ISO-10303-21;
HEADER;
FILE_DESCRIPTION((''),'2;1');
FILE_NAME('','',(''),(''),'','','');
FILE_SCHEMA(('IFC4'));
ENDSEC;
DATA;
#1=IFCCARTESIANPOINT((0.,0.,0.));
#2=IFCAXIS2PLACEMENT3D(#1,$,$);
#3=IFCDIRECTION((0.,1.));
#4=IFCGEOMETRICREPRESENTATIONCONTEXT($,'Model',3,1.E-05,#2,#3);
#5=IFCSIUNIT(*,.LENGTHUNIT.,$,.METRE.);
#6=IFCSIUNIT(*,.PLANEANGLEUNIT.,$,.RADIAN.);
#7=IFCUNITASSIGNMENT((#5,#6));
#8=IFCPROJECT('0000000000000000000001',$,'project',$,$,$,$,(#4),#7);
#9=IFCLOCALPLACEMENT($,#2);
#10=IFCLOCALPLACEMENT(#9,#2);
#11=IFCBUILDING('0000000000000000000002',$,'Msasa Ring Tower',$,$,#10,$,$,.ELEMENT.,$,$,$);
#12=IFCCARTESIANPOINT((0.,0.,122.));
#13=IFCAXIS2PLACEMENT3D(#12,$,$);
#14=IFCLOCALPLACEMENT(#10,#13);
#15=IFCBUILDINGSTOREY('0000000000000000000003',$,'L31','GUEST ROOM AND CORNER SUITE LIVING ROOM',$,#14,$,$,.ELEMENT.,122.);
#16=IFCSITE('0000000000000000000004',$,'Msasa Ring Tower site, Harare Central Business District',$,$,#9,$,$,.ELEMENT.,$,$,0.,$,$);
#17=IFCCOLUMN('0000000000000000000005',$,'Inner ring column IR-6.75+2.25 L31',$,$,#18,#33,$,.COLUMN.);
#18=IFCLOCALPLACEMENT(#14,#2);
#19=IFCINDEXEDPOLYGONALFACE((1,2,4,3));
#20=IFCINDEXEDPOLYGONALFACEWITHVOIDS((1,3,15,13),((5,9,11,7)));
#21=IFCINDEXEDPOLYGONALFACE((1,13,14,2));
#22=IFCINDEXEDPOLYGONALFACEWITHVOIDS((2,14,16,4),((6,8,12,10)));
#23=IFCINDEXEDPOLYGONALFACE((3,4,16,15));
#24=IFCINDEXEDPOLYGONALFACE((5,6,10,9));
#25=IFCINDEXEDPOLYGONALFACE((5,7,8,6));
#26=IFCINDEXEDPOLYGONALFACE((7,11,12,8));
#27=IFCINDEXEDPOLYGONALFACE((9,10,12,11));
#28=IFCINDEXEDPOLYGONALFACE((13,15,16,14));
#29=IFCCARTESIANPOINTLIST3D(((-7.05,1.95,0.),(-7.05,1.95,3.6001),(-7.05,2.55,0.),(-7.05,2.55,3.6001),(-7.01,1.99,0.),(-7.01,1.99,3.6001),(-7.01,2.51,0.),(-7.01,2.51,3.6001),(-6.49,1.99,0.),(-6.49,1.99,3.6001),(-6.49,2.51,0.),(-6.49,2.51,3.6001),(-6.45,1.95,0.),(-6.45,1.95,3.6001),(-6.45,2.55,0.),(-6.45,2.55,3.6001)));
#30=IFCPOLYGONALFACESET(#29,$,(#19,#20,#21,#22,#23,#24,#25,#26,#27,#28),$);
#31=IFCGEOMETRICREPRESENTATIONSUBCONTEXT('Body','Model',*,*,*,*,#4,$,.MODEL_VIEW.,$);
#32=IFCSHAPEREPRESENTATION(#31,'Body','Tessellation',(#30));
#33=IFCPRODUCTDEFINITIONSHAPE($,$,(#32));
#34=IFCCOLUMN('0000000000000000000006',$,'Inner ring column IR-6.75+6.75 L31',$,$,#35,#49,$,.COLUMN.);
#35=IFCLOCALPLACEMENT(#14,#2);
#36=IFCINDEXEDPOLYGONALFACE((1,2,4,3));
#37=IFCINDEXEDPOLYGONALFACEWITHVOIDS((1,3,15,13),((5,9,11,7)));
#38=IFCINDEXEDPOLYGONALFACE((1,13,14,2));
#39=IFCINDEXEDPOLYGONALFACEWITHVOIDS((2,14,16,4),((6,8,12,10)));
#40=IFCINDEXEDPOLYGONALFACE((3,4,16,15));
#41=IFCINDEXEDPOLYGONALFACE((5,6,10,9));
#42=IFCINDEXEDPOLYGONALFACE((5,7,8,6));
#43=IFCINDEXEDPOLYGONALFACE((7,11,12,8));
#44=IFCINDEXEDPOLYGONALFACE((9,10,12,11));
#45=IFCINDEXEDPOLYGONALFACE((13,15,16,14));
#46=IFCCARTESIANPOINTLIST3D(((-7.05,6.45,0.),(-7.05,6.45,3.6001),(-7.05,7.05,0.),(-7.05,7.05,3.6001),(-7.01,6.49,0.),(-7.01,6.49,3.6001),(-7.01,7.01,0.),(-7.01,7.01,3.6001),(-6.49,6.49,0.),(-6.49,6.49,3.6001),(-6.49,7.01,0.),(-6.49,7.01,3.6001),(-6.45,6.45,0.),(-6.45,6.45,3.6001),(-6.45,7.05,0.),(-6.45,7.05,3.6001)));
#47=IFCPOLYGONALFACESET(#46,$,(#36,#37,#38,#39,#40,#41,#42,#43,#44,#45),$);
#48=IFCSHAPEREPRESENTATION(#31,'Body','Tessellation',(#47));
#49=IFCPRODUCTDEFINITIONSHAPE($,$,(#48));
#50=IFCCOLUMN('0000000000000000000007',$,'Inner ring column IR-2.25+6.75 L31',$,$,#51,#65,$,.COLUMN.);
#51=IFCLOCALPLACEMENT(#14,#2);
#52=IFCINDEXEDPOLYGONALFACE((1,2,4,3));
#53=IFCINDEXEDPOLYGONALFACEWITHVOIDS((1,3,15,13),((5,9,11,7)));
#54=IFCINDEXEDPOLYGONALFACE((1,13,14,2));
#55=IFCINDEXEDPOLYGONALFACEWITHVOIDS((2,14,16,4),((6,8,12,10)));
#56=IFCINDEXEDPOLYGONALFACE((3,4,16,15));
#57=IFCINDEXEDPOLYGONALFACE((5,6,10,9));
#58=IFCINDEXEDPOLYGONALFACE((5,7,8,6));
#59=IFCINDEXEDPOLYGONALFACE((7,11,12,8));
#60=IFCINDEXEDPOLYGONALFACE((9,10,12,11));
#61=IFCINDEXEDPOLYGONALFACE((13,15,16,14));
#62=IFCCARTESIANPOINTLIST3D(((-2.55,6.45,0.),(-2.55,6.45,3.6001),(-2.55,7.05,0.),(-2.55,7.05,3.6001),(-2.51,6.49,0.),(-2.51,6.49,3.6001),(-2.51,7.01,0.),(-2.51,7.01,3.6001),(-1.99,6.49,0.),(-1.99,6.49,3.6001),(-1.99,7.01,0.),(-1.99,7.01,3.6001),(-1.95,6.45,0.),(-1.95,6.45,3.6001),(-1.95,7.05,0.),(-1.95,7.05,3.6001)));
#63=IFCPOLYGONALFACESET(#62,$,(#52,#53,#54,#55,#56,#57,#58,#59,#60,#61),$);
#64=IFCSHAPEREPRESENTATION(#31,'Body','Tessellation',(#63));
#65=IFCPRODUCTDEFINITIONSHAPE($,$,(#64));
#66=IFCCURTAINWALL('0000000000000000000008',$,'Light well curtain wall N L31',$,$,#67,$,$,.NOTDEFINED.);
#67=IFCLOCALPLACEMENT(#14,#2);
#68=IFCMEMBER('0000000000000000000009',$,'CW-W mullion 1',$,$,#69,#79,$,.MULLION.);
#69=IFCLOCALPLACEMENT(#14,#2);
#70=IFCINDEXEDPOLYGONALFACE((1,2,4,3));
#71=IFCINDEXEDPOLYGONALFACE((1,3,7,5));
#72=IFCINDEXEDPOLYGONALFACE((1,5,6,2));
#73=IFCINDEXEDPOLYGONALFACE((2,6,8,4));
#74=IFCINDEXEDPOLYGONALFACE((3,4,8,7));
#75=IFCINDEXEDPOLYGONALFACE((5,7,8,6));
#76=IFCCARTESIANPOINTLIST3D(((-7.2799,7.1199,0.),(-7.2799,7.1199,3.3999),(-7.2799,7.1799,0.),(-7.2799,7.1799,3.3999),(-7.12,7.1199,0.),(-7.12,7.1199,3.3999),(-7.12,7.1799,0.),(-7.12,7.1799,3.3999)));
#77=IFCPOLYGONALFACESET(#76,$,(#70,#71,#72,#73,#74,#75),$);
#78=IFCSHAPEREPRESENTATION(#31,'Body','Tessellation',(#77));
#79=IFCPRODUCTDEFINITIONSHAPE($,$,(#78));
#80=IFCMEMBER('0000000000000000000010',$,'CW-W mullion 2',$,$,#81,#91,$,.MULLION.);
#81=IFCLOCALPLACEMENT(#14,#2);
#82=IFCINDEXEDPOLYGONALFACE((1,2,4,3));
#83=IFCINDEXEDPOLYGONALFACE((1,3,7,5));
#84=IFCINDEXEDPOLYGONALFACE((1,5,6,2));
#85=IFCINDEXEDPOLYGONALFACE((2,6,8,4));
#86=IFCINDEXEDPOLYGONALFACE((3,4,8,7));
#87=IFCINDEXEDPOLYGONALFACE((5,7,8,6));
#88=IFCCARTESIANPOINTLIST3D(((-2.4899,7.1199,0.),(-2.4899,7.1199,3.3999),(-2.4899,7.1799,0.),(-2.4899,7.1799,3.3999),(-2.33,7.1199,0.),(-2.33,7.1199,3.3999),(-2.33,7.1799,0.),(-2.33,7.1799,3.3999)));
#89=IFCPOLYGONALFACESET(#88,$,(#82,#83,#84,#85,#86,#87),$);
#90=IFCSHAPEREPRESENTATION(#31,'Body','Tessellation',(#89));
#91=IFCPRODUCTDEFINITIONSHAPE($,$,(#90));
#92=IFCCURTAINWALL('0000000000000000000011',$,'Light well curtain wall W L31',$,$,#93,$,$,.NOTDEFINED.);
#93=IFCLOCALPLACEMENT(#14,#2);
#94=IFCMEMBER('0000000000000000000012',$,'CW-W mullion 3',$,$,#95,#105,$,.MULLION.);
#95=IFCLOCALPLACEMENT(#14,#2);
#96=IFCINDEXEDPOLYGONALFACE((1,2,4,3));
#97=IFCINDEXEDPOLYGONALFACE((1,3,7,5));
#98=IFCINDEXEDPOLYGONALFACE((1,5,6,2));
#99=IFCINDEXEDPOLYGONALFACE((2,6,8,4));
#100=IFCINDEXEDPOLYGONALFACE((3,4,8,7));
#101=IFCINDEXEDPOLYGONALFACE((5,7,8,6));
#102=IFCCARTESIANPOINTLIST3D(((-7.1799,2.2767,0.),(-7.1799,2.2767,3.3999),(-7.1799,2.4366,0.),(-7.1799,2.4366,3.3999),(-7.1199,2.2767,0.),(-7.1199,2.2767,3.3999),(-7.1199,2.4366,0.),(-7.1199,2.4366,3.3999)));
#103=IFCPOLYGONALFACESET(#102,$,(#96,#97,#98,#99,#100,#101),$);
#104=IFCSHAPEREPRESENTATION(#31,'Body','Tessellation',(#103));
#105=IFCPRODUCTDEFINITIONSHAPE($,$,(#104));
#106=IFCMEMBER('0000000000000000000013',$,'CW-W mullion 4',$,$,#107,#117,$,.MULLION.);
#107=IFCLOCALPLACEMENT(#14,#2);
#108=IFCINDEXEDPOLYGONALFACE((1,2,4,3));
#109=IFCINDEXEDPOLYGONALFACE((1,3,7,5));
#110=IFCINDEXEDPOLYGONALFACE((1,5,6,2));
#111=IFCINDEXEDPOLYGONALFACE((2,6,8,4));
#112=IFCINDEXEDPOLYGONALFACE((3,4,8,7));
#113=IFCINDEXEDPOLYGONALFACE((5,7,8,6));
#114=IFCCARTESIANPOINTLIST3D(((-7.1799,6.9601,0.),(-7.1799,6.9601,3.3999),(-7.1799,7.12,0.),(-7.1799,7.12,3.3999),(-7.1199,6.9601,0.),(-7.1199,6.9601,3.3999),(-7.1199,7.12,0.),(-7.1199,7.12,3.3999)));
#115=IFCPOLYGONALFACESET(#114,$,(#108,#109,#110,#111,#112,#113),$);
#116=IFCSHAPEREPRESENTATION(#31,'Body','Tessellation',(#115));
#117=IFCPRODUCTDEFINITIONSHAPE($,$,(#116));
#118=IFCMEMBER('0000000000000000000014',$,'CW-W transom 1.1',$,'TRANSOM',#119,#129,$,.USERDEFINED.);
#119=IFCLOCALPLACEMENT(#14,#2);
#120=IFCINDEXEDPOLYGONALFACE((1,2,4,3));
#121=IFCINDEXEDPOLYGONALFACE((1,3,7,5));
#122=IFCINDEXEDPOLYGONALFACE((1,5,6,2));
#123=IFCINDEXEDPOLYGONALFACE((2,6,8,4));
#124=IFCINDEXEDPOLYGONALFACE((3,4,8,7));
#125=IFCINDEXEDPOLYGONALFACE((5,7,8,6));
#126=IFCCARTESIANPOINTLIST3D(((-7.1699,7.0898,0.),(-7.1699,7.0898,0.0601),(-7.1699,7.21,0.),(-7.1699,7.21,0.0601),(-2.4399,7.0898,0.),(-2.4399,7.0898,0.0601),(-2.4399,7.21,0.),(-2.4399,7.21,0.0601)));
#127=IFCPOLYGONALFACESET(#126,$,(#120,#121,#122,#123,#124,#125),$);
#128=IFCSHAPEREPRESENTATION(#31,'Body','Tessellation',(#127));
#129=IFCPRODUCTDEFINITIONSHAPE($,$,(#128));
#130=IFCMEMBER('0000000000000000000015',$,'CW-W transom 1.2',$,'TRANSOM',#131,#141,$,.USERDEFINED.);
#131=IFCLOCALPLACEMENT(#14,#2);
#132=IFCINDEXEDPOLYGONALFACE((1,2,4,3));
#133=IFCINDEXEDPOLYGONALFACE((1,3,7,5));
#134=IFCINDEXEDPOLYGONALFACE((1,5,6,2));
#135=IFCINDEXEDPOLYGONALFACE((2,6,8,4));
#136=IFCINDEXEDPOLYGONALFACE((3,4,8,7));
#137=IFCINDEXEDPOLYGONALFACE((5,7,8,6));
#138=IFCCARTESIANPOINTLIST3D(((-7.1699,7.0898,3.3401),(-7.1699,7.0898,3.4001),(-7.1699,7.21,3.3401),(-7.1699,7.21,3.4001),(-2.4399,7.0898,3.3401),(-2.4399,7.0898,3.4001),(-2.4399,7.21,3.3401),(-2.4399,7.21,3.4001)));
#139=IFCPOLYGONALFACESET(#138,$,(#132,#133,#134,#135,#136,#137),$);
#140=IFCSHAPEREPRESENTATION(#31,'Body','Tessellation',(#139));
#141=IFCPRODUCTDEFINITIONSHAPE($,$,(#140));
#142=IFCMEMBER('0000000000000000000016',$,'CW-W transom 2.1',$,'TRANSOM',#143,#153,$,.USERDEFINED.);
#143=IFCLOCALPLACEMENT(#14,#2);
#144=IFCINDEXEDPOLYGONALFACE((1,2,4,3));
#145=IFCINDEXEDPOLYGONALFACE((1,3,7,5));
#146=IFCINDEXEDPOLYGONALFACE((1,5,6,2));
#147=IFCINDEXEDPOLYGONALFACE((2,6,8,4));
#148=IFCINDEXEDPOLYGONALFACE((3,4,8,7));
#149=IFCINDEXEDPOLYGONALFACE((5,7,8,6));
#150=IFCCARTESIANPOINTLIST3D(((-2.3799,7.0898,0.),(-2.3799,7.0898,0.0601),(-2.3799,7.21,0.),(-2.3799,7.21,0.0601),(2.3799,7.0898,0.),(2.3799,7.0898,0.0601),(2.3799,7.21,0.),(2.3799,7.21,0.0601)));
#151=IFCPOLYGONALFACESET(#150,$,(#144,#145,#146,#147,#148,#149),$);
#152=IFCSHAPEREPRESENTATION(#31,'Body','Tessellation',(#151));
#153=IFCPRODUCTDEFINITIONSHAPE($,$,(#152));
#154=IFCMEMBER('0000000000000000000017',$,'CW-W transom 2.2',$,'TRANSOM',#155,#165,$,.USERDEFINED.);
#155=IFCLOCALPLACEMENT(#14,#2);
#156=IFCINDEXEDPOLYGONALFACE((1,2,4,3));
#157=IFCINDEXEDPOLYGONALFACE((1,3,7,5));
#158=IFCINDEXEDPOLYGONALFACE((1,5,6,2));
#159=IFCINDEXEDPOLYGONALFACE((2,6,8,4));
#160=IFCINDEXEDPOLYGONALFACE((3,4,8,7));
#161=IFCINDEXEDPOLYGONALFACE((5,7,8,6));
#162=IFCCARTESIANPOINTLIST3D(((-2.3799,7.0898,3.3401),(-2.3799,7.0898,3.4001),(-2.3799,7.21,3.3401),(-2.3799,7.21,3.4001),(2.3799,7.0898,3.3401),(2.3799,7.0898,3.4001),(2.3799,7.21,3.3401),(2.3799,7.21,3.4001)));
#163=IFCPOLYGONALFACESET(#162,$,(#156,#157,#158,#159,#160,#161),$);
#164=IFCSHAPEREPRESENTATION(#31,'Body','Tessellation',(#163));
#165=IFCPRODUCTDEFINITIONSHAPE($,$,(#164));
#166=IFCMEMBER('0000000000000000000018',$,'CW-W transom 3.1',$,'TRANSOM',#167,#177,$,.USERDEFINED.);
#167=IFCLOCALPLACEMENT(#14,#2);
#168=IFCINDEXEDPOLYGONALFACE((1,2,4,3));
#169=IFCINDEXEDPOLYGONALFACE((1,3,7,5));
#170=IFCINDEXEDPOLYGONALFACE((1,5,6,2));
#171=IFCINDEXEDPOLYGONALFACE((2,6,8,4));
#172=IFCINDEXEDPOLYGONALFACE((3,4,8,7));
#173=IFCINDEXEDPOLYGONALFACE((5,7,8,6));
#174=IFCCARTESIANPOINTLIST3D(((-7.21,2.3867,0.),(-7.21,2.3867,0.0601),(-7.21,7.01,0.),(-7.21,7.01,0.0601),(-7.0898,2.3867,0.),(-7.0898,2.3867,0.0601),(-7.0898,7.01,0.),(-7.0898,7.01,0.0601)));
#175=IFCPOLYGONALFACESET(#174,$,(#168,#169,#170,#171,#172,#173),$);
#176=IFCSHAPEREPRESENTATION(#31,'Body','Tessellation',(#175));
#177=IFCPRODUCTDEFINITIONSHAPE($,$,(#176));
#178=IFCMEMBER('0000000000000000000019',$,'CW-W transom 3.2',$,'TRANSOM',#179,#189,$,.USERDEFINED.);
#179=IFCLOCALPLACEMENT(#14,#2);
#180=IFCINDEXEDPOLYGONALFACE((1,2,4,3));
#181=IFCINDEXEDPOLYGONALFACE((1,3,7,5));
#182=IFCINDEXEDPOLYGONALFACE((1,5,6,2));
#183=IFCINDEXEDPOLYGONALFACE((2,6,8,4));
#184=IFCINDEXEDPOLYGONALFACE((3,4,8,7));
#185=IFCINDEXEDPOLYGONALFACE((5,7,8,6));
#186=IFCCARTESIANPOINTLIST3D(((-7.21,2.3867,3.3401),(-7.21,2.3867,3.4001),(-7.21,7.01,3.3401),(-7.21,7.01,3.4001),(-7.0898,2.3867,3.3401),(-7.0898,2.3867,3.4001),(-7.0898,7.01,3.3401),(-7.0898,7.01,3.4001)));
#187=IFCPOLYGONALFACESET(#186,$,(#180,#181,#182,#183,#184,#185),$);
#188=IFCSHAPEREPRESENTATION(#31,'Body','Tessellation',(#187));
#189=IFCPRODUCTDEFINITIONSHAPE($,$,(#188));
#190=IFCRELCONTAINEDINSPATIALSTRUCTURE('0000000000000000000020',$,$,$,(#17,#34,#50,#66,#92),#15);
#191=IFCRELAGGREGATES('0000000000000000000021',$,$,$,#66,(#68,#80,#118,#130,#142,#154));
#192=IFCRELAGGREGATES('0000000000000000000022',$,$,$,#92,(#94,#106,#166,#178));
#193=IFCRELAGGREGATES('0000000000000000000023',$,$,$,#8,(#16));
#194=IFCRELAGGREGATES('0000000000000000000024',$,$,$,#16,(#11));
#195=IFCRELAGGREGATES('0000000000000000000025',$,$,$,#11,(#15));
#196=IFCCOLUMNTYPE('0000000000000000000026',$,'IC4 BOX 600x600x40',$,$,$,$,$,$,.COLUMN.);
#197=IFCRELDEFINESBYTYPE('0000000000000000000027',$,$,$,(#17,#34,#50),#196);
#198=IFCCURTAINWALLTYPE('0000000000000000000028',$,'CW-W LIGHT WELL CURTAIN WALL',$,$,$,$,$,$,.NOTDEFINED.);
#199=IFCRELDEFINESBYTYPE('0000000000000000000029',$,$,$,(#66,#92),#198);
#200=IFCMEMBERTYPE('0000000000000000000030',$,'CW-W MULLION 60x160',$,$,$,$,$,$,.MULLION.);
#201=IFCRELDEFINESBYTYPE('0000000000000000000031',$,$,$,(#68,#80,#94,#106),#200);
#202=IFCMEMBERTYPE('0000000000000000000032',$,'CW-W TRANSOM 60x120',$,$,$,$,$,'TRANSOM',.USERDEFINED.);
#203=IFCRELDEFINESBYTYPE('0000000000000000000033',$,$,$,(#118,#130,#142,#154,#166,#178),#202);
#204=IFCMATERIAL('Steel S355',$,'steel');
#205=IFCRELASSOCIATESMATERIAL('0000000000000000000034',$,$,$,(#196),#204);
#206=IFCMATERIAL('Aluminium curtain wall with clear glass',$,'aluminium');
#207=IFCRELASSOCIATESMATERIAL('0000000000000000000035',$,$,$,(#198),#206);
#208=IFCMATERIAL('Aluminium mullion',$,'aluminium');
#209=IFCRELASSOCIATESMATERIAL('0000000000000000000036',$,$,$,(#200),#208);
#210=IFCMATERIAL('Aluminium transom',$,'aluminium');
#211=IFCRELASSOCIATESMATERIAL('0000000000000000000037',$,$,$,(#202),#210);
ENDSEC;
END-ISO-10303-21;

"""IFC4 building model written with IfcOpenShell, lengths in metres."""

from ifc_helpers import new_model, si_unit, direction, frame, origin, origin_2d, place, context, subcontext, project, spatial, rectangle, hollow_rectangle, extrude, material, material_profile, profile_set, type_object, element, aggregate, save


model = new_model("IFC4")

# Units and contexts
model_context = context("Model", 3, precision=1e-05, world=origin(), true_north=direction((0.0, 1.0)))
body_context = subcontext(model_context, "Body", "Model", "MODEL_VIEW")
ifc_project = project(units=[si_unit("LENGTHUNIT", "METRE"), si_unit("PLANEANGLEUNIT", "RADIAN")], contexts=[model_context])

# Site, building, storey
site_placement = place(None, origin())
site = spatial("IfcSite", under=ifc_project, at=site_placement, Name="Msasa Ring Tower site, Harare Central Business District", CompositionType="ELEMENT", RefElevation=0.0)
building_placement = place(site_placement, origin())
building = spatial("IfcBuilding", under=site, at=building_placement, Name="Msasa Ring Tower", CompositionType="ELEMENT")
storey_placement = place(building_placement, frame((0.0, 0.0, 122.0)))
storey = spatial("IfcBuildingStorey", under=building, at=storey_placement, Name="L31", Description="GUEST ROOM AND CORNER SUITE LIVING ROOM", CompositionType="ELEMENT", Elevation=122.0)

# Columns
ifc_material_1 = material(Name="Steel S355", Category="steel")
ifc_material_profile_1 = material_profile(ifc_material_1, hollow_rectangle(XDim=0.6001, YDim=0.6001, WallThickness=0.04, at=origin_2d()), Name="BOX 600x600x40")
ifc_profile_set_1 = profile_set([ifc_material_profile_1], Name="Steel S355")
column_type = type_object("IfcColumnType", Name="IC4 BOX 600x600x40", PredefinedType="COLUMN", material=ifc_profile_set_1)
for number, where, z_axis, x_axis, name in (
    (1, (-6.75, 2.25, 0.0), (0.0, 0.0, 1.0), (1.0, 0.0, 0.0), "Inner ring column IR-6.75+2.25 L31"),
    (2, (-6.75, 6.75, 0.0), (0.0, 0.0, 1.0), (1.0, 0.0, 0.0), "Inner ring column IR-6.75+6.75 L31"),
    (3, (-2.25, 6.75, 0.0), (0.0, 0.0, 1.0), (1.0, 0.0, 0.0), "Inner ring column IR-2.25+6.75 L31"),
):
    element("IfcColumn", number, at=place(storey_placement, frame(where, z_axis=z_axis, x_axis=x_axis)), inside=storey, type_object=column_type, Name=name, PredefinedType="COLUMN", context=body_context, shape_type="SweptSolid", body=[
        extrude(hollow_rectangle(XDim=0.6001, YDim=0.6001, WallThickness=0.04, at=origin_2d()), origin(), (0.0, 0.0, 1.0), 3.6001),
    ])

# Curtain walls, members
ifc_material_2 = material(Name="Aluminium curtain wall with clear glass", Category="aluminium")
curtain_wall_type = type_object("IfcCurtainWallType", Name="CW-W LIGHT WELL CURTAIN WALL", PredefinedType="NOTDEFINED", material=ifc_material_2)
curtain_wall_1_placement = place(storey_placement, origin())
curtain_wall_1 = element("IfcCurtainWall", 4, at=curtain_wall_1_placement, inside=storey, type_object=curtain_wall_type, Name="Light well curtain wall N L31", PredefinedType="NOTDEFINED")
ifc_material_3 = material(Name="Aluminium mullion", Category="aluminium")
ifc_material_profile_2 = material_profile(ifc_material_3, rectangle(XDim=0.0601, YDim=0.1599, at=origin_2d()), Name="AL 60x160")
ifc_profile_set_2 = profile_set([ifc_material_profile_2], Name="Aluminium mullion")
member_type_1 = type_object("IfcMemberType", Name="CW-W MULLION 60x160", PredefinedType="MULLION", material=ifc_profile_set_2)
member_1_placement = place(storey_placement, frame((-7.2, 7.1499, 0.0), z_axis=(0.0, 0.0, 1.0), x_axis=(0.0, 1.0, 0.0)))
member_1 = element("IfcMember", 5, at=member_1_placement, type_object=member_type_1, Name="CW-W mullion 1", PredefinedType="MULLION", context=body_context, shape_type="SweptSolid", body=[
    extrude(rectangle(XDim=0.0601, YDim=0.1599, at=origin_2d()), origin(), (0.0, 0.0, 1.0), 3.3999),
])
member_2_placement = place(storey_placement, frame((-2.4099, 7.1499, 0.0), z_axis=(0.0, 0.0, 1.0), x_axis=(0.0, 1.0, 0.0)))
member_2 = element("IfcMember", 6, at=member_2_placement, type_object=member_type_1, Name="CW-W mullion 2", PredefinedType="MULLION", context=body_context, shape_type="SweptSolid", body=[
    extrude(rectangle(XDim=0.0601, YDim=0.1599, at=origin_2d()), origin(), (0.0, 0.0, 1.0), 3.3999),
])
curtain_wall_2_placement = place(storey_placement, origin())
curtain_wall_2 = element("IfcCurtainWall", 7, at=curtain_wall_2_placement, inside=storey, type_object=curtain_wall_type, Name="Light well curtain wall W L31", PredefinedType="NOTDEFINED")
member_3_placement = place(storey_placement, frame((-7.1499, 2.3567, 0.0), z_axis=(0.0, 0.0, 1.0), x_axis=(-1.0, 0.0, 0.0)))
member_3 = element("IfcMember", 8, at=member_3_placement, type_object=member_type_1, Name="CW-W mullion 3", PredefinedType="MULLION", context=body_context, shape_type="SweptSolid", body=[
    extrude(rectangle(XDim=0.0601, YDim=0.1599, at=origin_2d()), origin(), (0.0, 0.0, 1.0), 3.3999),
])
member_4_placement = place(storey_placement, frame((-7.1499, 7.04, 0.0), z_axis=(0.0, 0.0, 1.0), x_axis=(-1.0, 0.0, 0.0)))
member_4 = element("IfcMember", 9, at=member_4_placement, type_object=member_type_1, Name="CW-W mullion 4", PredefinedType="MULLION", context=body_context, shape_type="SweptSolid", body=[
    extrude(rectangle(XDim=0.0601, YDim=0.1599, at=origin_2d()), origin(), (0.0, 0.0, 1.0), 3.3999),
])

# Members
ifc_material_4 = material(Name="Aluminium transom", Category="aluminium")
ifc_material_profile_3 = material_profile(ifc_material_4, rectangle(XDim=0.1201, YDim=0.0601, at=origin_2d()), Name="AL 60x120")
ifc_profile_set_3 = profile_set([ifc_material_profile_3], Name="Aluminium transom")
member_type_2 = type_object("IfcMemberType", Name="CW-W TRANSOM 60x120", ElementType="TRANSOM", PredefinedType="USERDEFINED", material=ifc_profile_set_3)
member_5_placement = place(storey_placement, frame((-7.1699, 7.1499, 0.03), z_axis=(1.0, 0.0, 0.0), x_axis=(0.0, 1.0, 0.0)))
member_5 = element("IfcMember", 10, at=member_5_placement, type_object=member_type_2, Name="CW-W transom 1.1", ObjectType="TRANSOM", PredefinedType="USERDEFINED", context=body_context, shape_type="SweptSolid", body=[
    extrude(rectangle(XDim=0.1201, YDim=0.0601, at=origin_2d()), origin(), (0.0, 0.0, 1.0), 4.73),
])
member_6_placement = place(storey_placement, frame((-7.1699, 7.1499, 3.3701), z_axis=(1.0, 0.0, 0.0), x_axis=(0.0, 1.0, 0.0)))
member_6 = element("IfcMember", 11, at=member_6_placement, type_object=member_type_2, Name="CW-W transom 1.2", ObjectType="TRANSOM", PredefinedType="USERDEFINED", context=body_context, shape_type="SweptSolid", body=[
    extrude(rectangle(XDim=0.1201, YDim=0.0601, at=origin_2d()), origin(), (0.0, 0.0, 1.0), 4.73),
])
member_7_placement = place(storey_placement, frame((-2.3799, 7.1499, 0.03), z_axis=(1.0, 0.0, 0.0), x_axis=(0.0, 1.0, 0.0)))
member_7 = element("IfcMember", 12, at=member_7_placement, type_object=member_type_2, Name="CW-W transom 2.1", ObjectType="TRANSOM", PredefinedType="USERDEFINED", context=body_context, shape_type="SweptSolid", body=[
    extrude(rectangle(XDim=0.1201, YDim=0.0601, at=origin_2d()), origin(), (0.0, 0.0, 1.0), 4.7598),
])
member_8_placement = place(storey_placement, frame((-2.3799, 7.1499, 3.3701), z_axis=(1.0, 0.0, 0.0), x_axis=(0.0, 1.0, 0.0)))
member_8 = element("IfcMember", 13, at=member_8_placement, type_object=member_type_2, Name="CW-W transom 2.2", ObjectType="TRANSOM", PredefinedType="USERDEFINED", context=body_context, shape_type="SweptSolid", body=[
    extrude(rectangle(XDim=0.1201, YDim=0.0601, at=origin_2d()), origin(), (0.0, 0.0, 1.0), 4.7598),
])
member_9_placement = place(storey_placement, frame((-7.1499, 2.3867, 0.03), z_axis=(0.0, 1.0, 0.0), x_axis=(-1.0, 0.0, 0.0)))
member_9 = element("IfcMember", 14, at=member_9_placement, type_object=member_type_2, Name="CW-W transom 3.1", ObjectType="TRANSOM", PredefinedType="USERDEFINED", context=body_context, shape_type="SweptSolid", body=[
    extrude(rectangle(XDim=0.1201, YDim=0.0601, at=origin_2d()), origin(), (0.0, 0.0, 1.0), 4.6233),
])
member_10_placement = place(storey_placement, frame((-7.1499, 2.3867, 3.3701), z_axis=(0.0, 1.0, 0.0), x_axis=(-1.0, 0.0, 0.0)))
member_10 = element("IfcMember", 15, at=member_10_placement, type_object=member_type_2, Name="CW-W transom 3.2", ObjectType="TRANSOM", PredefinedType="USERDEFINED", context=body_context, shape_type="SweptSolid", body=[
    extrude(rectangle(XDim=0.1201, YDim=0.0601, at=origin_2d()), origin(), (0.0, 0.0, 1.0), 4.6233),
])

aggregate(curtain_wall_1, [member_1, member_2, member_5, member_6, member_7, member_8])
aggregate(curtain_wall_2, [member_3, member_4, member_9, member_10])

save(model, "model.ifc")
